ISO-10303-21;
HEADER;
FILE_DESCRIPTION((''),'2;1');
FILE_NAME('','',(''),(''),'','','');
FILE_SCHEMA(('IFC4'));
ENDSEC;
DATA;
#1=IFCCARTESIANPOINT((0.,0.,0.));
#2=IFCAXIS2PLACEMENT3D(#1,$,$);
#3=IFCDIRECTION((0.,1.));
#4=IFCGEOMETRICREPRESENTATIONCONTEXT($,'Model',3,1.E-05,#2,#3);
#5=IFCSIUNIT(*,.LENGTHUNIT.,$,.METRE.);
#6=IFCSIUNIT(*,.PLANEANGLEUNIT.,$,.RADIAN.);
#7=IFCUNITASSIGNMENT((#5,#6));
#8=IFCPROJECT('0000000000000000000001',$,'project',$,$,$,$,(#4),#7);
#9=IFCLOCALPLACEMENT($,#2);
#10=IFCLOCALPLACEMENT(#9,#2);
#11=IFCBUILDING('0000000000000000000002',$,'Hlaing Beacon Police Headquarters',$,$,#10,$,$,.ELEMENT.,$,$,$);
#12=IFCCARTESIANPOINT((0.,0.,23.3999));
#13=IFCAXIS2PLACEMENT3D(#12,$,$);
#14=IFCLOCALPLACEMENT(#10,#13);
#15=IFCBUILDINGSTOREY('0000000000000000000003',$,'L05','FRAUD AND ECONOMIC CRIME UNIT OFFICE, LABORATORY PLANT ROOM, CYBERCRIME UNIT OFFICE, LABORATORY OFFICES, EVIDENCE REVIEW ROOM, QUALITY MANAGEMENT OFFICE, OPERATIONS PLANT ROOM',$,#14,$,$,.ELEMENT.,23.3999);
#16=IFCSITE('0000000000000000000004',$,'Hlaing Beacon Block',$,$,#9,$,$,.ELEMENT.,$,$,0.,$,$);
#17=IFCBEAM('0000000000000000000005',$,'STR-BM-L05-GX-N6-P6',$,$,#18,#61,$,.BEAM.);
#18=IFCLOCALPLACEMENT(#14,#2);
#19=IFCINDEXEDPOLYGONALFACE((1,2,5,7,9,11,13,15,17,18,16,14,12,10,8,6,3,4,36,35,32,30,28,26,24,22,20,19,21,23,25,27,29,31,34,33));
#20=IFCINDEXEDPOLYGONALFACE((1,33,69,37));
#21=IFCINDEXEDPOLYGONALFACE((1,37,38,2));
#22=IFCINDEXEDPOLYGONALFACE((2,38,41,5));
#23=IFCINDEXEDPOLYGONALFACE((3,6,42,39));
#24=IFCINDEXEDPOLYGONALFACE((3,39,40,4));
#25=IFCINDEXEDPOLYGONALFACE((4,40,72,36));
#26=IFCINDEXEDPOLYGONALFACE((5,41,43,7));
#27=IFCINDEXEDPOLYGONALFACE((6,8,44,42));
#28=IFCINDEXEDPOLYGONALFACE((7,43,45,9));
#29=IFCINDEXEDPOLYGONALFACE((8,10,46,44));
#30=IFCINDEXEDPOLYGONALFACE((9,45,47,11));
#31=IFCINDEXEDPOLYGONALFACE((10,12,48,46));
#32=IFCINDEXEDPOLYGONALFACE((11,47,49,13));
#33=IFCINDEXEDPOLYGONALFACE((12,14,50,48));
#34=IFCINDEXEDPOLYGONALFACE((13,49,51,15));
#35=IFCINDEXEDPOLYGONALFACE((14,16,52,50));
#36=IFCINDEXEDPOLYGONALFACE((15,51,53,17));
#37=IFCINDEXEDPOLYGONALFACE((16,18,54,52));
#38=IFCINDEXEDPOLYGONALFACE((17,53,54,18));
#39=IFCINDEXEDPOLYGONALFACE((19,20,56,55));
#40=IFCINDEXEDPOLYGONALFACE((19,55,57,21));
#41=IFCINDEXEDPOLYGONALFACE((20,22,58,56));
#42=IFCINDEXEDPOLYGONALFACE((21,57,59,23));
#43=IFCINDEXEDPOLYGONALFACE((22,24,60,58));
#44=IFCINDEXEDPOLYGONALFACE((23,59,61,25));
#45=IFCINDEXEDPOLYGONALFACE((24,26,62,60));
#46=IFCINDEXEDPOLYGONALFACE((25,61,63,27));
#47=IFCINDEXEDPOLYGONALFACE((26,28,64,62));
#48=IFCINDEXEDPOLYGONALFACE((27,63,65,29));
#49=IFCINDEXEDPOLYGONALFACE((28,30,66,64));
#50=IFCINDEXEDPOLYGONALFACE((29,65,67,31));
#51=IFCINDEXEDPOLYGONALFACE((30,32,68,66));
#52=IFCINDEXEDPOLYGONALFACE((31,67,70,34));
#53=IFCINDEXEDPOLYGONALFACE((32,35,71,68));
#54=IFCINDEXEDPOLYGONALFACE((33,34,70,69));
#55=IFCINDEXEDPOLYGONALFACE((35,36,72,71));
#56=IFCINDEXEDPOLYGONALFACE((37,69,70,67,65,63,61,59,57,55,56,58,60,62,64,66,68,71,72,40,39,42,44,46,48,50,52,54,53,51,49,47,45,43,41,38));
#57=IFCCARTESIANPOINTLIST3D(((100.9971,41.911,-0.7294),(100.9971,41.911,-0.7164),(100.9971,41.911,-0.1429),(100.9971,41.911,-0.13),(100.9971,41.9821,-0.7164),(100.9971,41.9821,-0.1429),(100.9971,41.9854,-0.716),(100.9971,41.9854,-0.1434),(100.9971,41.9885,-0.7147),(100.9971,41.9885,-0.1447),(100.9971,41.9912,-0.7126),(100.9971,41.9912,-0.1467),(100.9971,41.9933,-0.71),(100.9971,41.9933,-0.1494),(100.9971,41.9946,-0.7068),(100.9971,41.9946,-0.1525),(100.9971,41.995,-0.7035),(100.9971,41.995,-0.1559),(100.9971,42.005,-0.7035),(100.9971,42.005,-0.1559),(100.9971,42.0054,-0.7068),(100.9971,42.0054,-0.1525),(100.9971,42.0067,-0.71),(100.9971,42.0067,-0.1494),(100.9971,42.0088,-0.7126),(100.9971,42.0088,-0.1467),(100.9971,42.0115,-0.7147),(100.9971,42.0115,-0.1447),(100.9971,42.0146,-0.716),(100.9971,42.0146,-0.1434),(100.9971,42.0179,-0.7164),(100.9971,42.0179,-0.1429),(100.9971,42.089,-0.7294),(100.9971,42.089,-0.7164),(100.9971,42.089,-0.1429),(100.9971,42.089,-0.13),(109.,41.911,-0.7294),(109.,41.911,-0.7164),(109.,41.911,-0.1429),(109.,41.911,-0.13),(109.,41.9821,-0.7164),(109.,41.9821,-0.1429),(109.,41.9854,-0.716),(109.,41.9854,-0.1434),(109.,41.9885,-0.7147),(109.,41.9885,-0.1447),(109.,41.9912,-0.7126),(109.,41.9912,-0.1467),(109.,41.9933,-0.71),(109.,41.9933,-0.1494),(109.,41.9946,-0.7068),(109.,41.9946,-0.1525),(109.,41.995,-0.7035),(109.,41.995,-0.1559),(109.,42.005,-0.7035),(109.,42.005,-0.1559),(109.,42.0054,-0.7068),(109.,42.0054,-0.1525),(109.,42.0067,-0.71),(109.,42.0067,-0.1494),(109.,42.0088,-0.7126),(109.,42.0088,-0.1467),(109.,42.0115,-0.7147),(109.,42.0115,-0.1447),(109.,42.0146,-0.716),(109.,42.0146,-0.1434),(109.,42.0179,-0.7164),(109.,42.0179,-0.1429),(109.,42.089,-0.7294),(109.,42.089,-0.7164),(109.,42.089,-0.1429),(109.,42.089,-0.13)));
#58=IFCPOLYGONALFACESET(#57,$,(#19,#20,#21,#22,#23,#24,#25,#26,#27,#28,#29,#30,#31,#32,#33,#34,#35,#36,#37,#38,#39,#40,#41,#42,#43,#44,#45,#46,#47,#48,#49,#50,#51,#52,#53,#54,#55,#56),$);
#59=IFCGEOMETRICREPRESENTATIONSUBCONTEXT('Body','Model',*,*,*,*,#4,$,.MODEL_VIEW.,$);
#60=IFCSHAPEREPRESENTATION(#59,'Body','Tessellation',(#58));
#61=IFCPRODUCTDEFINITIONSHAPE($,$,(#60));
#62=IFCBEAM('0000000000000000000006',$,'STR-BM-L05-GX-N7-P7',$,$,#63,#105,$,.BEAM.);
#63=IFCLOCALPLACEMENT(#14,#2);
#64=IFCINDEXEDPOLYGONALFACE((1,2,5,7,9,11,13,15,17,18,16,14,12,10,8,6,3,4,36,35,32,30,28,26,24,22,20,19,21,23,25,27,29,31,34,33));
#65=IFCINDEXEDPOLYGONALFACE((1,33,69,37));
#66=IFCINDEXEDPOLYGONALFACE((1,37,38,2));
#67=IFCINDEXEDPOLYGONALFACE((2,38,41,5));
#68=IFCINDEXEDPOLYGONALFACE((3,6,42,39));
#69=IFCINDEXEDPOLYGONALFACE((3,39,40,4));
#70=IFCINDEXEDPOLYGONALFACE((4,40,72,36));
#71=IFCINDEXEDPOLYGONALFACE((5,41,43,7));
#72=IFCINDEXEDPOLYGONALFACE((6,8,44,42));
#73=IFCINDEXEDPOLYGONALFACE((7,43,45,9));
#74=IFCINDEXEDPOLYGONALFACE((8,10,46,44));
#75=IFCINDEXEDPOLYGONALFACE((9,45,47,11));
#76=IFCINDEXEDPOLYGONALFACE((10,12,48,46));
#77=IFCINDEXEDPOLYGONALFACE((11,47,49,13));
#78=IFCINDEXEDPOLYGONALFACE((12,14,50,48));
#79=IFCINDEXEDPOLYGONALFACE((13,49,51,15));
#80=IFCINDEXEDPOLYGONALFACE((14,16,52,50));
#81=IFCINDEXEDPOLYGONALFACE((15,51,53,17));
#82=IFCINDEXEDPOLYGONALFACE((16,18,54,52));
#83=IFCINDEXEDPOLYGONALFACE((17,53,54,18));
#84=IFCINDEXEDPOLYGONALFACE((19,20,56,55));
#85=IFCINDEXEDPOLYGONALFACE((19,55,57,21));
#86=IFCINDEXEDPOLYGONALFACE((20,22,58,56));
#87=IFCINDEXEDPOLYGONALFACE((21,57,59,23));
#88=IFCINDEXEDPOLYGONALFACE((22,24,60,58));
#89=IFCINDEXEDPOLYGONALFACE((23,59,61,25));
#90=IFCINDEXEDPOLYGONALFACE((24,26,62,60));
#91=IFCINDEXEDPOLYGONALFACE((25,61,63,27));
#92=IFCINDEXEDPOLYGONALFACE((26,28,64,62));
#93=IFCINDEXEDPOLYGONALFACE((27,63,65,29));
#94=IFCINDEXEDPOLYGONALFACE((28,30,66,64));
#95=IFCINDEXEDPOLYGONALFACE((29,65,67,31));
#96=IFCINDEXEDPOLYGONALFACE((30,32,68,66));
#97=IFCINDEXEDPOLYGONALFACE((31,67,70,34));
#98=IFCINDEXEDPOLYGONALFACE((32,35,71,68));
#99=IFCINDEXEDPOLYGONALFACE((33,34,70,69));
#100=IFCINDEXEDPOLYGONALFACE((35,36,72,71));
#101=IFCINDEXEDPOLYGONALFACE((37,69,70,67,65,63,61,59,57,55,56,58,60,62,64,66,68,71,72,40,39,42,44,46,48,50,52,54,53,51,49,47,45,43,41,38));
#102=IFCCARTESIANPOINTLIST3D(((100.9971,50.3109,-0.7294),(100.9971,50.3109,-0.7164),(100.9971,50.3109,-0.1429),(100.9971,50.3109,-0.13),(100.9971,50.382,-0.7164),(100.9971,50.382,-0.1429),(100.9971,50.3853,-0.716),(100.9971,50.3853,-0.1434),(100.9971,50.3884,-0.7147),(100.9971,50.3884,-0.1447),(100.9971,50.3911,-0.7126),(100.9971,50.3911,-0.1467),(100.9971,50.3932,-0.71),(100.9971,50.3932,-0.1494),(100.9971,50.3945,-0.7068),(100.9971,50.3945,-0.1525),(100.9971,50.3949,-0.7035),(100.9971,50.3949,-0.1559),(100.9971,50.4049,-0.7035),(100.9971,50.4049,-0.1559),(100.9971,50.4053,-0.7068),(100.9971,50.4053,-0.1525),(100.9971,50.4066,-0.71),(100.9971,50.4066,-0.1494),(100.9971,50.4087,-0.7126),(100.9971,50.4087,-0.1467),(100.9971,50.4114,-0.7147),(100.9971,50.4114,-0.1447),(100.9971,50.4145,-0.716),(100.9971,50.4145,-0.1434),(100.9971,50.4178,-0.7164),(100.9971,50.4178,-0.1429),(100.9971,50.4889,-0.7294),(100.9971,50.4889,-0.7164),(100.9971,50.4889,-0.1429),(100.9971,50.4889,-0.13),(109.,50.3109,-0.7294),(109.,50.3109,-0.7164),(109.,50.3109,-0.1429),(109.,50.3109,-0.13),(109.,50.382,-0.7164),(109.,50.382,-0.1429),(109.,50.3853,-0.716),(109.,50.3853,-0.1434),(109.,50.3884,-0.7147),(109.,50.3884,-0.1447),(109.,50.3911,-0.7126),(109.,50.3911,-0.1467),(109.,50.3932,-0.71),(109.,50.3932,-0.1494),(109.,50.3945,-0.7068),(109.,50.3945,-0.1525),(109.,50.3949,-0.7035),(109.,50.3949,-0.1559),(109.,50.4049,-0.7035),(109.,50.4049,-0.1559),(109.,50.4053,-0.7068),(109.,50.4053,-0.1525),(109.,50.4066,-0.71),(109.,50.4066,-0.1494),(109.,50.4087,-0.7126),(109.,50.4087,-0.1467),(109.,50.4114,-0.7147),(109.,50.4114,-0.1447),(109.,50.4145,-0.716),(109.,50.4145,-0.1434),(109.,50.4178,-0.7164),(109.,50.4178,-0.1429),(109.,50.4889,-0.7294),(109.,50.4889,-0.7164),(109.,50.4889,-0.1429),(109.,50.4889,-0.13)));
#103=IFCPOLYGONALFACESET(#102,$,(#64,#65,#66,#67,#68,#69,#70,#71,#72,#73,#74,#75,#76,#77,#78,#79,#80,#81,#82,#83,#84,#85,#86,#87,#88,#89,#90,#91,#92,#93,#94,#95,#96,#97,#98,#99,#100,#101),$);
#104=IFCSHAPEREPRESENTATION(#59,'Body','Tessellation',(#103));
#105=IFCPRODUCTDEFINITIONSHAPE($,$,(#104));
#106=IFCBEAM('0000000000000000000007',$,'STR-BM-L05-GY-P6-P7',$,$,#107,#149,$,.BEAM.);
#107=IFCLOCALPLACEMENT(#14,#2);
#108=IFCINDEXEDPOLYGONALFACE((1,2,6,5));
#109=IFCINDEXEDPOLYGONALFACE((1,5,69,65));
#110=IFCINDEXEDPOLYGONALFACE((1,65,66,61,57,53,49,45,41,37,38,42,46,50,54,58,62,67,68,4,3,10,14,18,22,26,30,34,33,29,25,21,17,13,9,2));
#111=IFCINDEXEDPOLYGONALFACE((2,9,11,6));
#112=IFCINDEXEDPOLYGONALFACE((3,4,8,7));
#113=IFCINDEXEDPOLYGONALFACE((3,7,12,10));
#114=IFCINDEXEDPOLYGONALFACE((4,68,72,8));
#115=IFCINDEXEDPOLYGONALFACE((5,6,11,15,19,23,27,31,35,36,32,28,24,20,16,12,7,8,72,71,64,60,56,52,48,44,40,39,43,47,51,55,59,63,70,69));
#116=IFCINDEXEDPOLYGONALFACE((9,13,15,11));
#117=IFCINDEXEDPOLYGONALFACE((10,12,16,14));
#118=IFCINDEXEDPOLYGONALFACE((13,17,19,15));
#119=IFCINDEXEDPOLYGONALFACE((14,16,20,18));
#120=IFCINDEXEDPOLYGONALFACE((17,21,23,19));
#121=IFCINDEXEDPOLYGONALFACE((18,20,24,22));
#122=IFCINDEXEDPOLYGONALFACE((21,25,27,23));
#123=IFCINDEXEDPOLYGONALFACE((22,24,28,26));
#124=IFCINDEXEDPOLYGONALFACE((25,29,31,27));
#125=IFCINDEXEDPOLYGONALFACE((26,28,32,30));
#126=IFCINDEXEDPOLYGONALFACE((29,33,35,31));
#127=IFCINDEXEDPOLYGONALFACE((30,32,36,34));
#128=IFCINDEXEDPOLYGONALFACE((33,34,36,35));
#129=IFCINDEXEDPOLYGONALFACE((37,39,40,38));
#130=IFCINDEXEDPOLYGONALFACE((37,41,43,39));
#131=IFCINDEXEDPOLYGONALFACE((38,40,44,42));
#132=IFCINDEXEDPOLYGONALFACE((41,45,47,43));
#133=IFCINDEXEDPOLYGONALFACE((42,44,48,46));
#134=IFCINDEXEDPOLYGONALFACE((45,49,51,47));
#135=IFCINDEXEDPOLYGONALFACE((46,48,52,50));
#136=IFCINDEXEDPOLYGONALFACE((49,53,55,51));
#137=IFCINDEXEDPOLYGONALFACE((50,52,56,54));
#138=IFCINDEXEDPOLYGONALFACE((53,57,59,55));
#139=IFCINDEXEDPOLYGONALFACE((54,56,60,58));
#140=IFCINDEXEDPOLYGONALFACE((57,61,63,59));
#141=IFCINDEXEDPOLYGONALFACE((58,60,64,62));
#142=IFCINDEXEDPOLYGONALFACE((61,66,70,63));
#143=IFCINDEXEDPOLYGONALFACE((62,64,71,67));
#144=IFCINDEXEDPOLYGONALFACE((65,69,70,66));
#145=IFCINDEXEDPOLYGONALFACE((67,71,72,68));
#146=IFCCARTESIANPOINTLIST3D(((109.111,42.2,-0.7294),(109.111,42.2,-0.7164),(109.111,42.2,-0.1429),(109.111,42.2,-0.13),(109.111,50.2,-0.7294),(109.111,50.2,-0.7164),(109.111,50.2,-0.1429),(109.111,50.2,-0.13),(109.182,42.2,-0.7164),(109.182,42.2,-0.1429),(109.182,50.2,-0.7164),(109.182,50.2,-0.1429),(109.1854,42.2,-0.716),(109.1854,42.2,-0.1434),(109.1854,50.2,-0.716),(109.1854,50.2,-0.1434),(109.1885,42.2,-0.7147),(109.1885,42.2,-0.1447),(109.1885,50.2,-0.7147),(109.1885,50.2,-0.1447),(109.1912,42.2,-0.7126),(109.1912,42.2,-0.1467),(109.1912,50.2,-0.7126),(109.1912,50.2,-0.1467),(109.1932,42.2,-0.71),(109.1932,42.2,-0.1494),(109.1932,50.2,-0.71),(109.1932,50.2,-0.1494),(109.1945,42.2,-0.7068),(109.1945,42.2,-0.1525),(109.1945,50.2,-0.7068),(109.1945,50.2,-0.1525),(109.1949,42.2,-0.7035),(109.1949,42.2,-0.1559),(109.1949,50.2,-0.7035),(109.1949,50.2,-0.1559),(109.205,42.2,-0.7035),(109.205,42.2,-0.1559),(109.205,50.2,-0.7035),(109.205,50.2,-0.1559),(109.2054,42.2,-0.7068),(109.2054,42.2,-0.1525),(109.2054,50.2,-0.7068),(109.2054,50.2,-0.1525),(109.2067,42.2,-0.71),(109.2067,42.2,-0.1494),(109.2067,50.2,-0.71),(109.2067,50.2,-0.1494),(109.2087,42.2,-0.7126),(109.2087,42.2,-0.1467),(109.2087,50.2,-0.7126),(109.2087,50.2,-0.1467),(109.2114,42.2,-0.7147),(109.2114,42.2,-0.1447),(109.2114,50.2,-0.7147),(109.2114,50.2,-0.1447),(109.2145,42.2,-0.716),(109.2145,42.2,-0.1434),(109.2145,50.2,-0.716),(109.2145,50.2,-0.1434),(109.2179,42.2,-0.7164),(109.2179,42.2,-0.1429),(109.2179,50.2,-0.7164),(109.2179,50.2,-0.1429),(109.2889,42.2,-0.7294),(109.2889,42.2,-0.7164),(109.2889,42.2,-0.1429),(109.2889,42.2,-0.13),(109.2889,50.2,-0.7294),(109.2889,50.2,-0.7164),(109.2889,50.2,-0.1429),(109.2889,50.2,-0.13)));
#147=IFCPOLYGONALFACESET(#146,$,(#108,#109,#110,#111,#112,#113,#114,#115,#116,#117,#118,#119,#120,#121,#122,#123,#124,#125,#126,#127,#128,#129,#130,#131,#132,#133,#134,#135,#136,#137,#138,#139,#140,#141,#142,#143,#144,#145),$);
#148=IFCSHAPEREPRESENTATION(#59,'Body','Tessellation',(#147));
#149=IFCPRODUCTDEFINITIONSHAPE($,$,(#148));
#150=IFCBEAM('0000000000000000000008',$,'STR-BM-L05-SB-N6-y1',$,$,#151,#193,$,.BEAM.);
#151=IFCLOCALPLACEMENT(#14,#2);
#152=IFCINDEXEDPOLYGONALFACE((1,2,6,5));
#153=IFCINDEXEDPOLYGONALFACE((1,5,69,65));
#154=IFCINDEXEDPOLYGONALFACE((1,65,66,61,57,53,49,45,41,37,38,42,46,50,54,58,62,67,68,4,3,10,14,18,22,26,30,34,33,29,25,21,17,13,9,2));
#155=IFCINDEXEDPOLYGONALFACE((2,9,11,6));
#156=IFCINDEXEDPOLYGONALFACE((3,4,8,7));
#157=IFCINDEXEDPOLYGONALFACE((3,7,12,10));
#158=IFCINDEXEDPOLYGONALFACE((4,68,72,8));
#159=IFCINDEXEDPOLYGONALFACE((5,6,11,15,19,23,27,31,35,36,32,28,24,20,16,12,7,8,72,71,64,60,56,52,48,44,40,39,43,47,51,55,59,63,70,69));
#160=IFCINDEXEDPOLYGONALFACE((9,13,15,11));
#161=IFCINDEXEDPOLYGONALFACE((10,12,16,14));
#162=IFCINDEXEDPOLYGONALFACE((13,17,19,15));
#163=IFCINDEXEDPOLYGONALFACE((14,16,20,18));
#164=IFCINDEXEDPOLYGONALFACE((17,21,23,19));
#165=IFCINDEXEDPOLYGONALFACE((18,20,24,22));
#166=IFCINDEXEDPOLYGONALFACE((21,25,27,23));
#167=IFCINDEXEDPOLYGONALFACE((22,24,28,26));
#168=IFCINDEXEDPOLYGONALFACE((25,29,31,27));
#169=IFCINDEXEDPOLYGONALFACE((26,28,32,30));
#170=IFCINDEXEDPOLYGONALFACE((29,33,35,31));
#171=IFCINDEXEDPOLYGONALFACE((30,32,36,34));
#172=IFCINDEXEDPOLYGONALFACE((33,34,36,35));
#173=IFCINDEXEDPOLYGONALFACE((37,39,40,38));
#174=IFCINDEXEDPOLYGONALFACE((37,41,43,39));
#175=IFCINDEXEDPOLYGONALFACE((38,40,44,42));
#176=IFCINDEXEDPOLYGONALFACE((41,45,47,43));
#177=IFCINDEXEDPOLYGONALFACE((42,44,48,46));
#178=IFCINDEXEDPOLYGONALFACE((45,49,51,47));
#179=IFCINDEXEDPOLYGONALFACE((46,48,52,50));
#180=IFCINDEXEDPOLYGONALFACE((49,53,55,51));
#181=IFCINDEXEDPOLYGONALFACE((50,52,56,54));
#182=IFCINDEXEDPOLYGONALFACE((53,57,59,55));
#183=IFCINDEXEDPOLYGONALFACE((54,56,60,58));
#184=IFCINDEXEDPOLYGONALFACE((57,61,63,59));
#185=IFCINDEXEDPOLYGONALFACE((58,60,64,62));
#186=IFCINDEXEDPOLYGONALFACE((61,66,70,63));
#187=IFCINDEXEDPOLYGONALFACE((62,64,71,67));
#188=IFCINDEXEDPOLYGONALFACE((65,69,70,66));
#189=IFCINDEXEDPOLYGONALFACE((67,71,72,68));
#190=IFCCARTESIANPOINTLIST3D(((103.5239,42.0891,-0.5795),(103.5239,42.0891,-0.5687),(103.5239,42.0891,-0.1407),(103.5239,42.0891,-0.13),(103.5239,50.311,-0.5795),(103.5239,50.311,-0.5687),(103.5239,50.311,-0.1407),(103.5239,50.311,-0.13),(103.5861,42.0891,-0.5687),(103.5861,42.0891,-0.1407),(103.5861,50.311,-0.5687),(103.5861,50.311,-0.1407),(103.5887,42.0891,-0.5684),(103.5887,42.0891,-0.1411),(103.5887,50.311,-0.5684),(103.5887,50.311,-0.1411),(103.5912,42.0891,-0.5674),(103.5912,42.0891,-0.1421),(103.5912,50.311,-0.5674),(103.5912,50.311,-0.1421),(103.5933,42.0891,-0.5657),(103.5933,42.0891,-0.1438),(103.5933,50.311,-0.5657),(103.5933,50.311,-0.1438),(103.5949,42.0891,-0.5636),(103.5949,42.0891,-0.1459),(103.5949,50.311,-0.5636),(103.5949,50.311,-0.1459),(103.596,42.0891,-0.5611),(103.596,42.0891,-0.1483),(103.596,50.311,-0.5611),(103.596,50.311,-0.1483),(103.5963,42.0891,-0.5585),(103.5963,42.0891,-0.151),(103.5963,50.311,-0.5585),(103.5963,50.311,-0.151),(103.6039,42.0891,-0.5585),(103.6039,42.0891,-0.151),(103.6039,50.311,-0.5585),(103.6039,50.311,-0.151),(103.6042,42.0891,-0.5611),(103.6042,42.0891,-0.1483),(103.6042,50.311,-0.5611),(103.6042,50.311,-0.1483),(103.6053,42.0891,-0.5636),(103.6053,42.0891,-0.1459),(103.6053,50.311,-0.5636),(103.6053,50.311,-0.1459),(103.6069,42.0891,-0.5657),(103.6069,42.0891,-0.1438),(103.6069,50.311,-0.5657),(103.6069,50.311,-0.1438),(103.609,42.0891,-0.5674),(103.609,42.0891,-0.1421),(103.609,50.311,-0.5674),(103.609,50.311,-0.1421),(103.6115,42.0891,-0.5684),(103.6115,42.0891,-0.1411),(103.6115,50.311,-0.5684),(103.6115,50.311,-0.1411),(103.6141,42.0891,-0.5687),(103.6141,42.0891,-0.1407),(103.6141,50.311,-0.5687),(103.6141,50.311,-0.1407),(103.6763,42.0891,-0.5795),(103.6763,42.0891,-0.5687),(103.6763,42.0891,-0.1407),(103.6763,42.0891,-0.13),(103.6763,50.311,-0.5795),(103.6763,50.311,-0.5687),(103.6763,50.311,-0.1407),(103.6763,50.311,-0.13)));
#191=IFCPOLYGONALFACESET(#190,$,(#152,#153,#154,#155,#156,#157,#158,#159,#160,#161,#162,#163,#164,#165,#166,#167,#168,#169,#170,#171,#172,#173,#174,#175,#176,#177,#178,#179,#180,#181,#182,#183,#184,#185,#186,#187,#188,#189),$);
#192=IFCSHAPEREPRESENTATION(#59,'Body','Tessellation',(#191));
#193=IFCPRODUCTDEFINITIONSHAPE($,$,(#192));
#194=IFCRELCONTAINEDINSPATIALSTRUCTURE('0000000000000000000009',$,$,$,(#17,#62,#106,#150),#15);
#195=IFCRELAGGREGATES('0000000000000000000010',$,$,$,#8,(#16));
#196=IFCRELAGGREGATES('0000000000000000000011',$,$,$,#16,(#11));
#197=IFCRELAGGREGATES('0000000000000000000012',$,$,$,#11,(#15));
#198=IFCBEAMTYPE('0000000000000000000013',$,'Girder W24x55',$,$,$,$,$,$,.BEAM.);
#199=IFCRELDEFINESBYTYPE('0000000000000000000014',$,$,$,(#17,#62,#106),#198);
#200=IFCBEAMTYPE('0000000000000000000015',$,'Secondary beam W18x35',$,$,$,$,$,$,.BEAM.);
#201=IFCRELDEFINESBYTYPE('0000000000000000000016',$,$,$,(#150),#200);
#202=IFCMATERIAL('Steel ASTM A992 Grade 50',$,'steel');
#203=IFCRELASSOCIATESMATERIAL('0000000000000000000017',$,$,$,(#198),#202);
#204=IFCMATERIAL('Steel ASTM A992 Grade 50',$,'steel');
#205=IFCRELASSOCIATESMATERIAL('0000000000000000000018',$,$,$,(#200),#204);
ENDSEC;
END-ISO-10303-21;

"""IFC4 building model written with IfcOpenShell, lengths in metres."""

from ifc_helpers import new_model, si_unit, direction, frame, origin, origin_2d, place, context, subcontext, project, spatial, i_section, extrude, material, material_profile, profile_set, type_object, element, save


model = new_model("IFC4")

# Units and contexts
model_context = context("Model", 3, precision=1e-05, world=origin(), true_north=direction((0.0, 1.0)))
body_context = subcontext(model_context, "Body", "Model", "MODEL_VIEW")
ifc_project = project(units=[si_unit("LENGTHUNIT", "METRE"), si_unit("PLANEANGLEUNIT", "RADIAN")], contexts=[model_context])

# Site, building, storey
site_placement = place(None, origin())
site = spatial("IfcSite", under=ifc_project, at=site_placement, Name="Hlaing Beacon Block", CompositionType="ELEMENT", RefElevation=0.0)
building_placement = place(site_placement, origin())
building = spatial("IfcBuilding", under=site, at=building_placement, Name="Hlaing Beacon Police Headquarters", CompositionType="ELEMENT")
storey_placement = place(building_placement, frame((0.0, 0.0, 23.3999)))
storey = spatial("IfcBuildingStorey", under=building, at=storey_placement, Name="L05", Description="FRAUD AND ECONOMIC CRIME UNIT OFFICE, LABORATORY PLANT ROOM, CYBERCRIME UNIT OFFICE, LABORATORY OFFICES, EVIDENCE REVIEW ROOM, QUALITY MANAGEMENT OFFICE, OPERATIONS PLANT ROOM", CompositionType="ELEMENT", Elevation=23.3999)

# Beams
ifc_material_1 = material(Name="Steel ASTM A992 Grade 50", Category="steel")
ifc_material_profile_1 = material_profile(ifc_material_1, i_section(OverallWidth=0.178, OverallDepth=0.5994, WebThickness=0.01, FlangeThickness=0.0129, FilletRadius=0.0129, at=origin_2d()), Name="W24x55")
ifc_profile_set_1 = profile_set([ifc_material_profile_1], Name="Steel ASTM A992 Grade 50")
beam_type_1 = type_object("IfcBeamType", Name="Girder W24x55", PredefinedType="BEAM", material=ifc_profile_set_1)
for number, where, z_axis, x_axis, name in (
    (1, (100.9971, 42.0, -0.4297), (1.0, 0.0, 0.0), (0.0, 1.0, 0.0), "STR-BM-L05-GX-N6-P6"),
    (2, (100.9971, 50.3999, -0.4297), (1.0, 0.0, 0.0), (0.0, 1.0, 0.0), "STR-BM-L05-GX-N7-P7"),
):
    element("IfcBeam", number, at=place(storey_placement, frame(where, z_axis=z_axis, x_axis=x_axis)), inside=storey, type_object=beam_type_1, Name=name, PredefinedType="BEAM", context=body_context, shape_type="SweptSolid", body=[
        extrude(i_section(OverallWidth=0.178, OverallDepth=0.5994, WebThickness=0.01, FlangeThickness=0.0129, FilletRadius=0.0129, at=origin_2d()), origin(), (0.0, 0.0, 1.0), 8.0029),
    ])
beam_placement = place(storey_placement, frame((109.2, 42.2, -0.4297), z_axis=(0.0, 1.0, 0.0), x_axis=(-1.0, 0.0, 0.0)))
element("IfcBeam", 3, at=beam_placement, inside=storey, type_object=beam_type_1, Name="STR-BM-L05-GY-P6-P7", PredefinedType="BEAM", context=body_context, shape_type="SweptSolid", body=[
    extrude(i_section(OverallWidth=0.178, OverallDepth=0.5994, WebThickness=0.01, FlangeThickness=0.0129, FilletRadius=0.0129, at=origin_2d()), origin(), (0.0, 0.0, 1.0), 8.0),
])
ifc_material_2 = material(Name="Steel ASTM A992 Grade 50", Category="steel")
ifc_material_profile_2 = material_profile(ifc_material_2, i_section(OverallWidth=0.1523, OverallDepth=0.4495, WebThickness=0.0076, FlangeThickness=0.0107, FilletRadius=0.0103, at=origin_2d()), Name="W18x35")
ifc_profile_set_2 = profile_set([ifc_material_profile_2], Name="Steel ASTM A992 Grade 50")
beam_type_2 = type_object("IfcBeamType", Name="Secondary beam W18x35", PredefinedType="BEAM", material=ifc_profile_set_2)
for number, where, z_axis, x_axis, name in (
    (4, (103.6001, 42.0891, -0.3547), (0.0, 1.0, 0.0), (-1.0, 0.0, 0.0), "STR-BM-L05-SB-N6-y1"),
):
    element("IfcBeam", number, at=place(storey_placement, frame(where, z_axis=z_axis, x_axis=x_axis)), inside=storey, type_object=beam_type_2, Name=name, PredefinedType="BEAM", context=body_context, shape_type="SweptSolid", body=[
        extrude(i_section(OverallWidth=0.1523, OverallDepth=0.4495, WebThickness=0.0076, FlangeThickness=0.0107, FilletRadius=0.0103, at=origin_2d()), origin(), (0.0, 0.0, 1.0), 8.2219),
    ])

save(model, "model.ifc")
